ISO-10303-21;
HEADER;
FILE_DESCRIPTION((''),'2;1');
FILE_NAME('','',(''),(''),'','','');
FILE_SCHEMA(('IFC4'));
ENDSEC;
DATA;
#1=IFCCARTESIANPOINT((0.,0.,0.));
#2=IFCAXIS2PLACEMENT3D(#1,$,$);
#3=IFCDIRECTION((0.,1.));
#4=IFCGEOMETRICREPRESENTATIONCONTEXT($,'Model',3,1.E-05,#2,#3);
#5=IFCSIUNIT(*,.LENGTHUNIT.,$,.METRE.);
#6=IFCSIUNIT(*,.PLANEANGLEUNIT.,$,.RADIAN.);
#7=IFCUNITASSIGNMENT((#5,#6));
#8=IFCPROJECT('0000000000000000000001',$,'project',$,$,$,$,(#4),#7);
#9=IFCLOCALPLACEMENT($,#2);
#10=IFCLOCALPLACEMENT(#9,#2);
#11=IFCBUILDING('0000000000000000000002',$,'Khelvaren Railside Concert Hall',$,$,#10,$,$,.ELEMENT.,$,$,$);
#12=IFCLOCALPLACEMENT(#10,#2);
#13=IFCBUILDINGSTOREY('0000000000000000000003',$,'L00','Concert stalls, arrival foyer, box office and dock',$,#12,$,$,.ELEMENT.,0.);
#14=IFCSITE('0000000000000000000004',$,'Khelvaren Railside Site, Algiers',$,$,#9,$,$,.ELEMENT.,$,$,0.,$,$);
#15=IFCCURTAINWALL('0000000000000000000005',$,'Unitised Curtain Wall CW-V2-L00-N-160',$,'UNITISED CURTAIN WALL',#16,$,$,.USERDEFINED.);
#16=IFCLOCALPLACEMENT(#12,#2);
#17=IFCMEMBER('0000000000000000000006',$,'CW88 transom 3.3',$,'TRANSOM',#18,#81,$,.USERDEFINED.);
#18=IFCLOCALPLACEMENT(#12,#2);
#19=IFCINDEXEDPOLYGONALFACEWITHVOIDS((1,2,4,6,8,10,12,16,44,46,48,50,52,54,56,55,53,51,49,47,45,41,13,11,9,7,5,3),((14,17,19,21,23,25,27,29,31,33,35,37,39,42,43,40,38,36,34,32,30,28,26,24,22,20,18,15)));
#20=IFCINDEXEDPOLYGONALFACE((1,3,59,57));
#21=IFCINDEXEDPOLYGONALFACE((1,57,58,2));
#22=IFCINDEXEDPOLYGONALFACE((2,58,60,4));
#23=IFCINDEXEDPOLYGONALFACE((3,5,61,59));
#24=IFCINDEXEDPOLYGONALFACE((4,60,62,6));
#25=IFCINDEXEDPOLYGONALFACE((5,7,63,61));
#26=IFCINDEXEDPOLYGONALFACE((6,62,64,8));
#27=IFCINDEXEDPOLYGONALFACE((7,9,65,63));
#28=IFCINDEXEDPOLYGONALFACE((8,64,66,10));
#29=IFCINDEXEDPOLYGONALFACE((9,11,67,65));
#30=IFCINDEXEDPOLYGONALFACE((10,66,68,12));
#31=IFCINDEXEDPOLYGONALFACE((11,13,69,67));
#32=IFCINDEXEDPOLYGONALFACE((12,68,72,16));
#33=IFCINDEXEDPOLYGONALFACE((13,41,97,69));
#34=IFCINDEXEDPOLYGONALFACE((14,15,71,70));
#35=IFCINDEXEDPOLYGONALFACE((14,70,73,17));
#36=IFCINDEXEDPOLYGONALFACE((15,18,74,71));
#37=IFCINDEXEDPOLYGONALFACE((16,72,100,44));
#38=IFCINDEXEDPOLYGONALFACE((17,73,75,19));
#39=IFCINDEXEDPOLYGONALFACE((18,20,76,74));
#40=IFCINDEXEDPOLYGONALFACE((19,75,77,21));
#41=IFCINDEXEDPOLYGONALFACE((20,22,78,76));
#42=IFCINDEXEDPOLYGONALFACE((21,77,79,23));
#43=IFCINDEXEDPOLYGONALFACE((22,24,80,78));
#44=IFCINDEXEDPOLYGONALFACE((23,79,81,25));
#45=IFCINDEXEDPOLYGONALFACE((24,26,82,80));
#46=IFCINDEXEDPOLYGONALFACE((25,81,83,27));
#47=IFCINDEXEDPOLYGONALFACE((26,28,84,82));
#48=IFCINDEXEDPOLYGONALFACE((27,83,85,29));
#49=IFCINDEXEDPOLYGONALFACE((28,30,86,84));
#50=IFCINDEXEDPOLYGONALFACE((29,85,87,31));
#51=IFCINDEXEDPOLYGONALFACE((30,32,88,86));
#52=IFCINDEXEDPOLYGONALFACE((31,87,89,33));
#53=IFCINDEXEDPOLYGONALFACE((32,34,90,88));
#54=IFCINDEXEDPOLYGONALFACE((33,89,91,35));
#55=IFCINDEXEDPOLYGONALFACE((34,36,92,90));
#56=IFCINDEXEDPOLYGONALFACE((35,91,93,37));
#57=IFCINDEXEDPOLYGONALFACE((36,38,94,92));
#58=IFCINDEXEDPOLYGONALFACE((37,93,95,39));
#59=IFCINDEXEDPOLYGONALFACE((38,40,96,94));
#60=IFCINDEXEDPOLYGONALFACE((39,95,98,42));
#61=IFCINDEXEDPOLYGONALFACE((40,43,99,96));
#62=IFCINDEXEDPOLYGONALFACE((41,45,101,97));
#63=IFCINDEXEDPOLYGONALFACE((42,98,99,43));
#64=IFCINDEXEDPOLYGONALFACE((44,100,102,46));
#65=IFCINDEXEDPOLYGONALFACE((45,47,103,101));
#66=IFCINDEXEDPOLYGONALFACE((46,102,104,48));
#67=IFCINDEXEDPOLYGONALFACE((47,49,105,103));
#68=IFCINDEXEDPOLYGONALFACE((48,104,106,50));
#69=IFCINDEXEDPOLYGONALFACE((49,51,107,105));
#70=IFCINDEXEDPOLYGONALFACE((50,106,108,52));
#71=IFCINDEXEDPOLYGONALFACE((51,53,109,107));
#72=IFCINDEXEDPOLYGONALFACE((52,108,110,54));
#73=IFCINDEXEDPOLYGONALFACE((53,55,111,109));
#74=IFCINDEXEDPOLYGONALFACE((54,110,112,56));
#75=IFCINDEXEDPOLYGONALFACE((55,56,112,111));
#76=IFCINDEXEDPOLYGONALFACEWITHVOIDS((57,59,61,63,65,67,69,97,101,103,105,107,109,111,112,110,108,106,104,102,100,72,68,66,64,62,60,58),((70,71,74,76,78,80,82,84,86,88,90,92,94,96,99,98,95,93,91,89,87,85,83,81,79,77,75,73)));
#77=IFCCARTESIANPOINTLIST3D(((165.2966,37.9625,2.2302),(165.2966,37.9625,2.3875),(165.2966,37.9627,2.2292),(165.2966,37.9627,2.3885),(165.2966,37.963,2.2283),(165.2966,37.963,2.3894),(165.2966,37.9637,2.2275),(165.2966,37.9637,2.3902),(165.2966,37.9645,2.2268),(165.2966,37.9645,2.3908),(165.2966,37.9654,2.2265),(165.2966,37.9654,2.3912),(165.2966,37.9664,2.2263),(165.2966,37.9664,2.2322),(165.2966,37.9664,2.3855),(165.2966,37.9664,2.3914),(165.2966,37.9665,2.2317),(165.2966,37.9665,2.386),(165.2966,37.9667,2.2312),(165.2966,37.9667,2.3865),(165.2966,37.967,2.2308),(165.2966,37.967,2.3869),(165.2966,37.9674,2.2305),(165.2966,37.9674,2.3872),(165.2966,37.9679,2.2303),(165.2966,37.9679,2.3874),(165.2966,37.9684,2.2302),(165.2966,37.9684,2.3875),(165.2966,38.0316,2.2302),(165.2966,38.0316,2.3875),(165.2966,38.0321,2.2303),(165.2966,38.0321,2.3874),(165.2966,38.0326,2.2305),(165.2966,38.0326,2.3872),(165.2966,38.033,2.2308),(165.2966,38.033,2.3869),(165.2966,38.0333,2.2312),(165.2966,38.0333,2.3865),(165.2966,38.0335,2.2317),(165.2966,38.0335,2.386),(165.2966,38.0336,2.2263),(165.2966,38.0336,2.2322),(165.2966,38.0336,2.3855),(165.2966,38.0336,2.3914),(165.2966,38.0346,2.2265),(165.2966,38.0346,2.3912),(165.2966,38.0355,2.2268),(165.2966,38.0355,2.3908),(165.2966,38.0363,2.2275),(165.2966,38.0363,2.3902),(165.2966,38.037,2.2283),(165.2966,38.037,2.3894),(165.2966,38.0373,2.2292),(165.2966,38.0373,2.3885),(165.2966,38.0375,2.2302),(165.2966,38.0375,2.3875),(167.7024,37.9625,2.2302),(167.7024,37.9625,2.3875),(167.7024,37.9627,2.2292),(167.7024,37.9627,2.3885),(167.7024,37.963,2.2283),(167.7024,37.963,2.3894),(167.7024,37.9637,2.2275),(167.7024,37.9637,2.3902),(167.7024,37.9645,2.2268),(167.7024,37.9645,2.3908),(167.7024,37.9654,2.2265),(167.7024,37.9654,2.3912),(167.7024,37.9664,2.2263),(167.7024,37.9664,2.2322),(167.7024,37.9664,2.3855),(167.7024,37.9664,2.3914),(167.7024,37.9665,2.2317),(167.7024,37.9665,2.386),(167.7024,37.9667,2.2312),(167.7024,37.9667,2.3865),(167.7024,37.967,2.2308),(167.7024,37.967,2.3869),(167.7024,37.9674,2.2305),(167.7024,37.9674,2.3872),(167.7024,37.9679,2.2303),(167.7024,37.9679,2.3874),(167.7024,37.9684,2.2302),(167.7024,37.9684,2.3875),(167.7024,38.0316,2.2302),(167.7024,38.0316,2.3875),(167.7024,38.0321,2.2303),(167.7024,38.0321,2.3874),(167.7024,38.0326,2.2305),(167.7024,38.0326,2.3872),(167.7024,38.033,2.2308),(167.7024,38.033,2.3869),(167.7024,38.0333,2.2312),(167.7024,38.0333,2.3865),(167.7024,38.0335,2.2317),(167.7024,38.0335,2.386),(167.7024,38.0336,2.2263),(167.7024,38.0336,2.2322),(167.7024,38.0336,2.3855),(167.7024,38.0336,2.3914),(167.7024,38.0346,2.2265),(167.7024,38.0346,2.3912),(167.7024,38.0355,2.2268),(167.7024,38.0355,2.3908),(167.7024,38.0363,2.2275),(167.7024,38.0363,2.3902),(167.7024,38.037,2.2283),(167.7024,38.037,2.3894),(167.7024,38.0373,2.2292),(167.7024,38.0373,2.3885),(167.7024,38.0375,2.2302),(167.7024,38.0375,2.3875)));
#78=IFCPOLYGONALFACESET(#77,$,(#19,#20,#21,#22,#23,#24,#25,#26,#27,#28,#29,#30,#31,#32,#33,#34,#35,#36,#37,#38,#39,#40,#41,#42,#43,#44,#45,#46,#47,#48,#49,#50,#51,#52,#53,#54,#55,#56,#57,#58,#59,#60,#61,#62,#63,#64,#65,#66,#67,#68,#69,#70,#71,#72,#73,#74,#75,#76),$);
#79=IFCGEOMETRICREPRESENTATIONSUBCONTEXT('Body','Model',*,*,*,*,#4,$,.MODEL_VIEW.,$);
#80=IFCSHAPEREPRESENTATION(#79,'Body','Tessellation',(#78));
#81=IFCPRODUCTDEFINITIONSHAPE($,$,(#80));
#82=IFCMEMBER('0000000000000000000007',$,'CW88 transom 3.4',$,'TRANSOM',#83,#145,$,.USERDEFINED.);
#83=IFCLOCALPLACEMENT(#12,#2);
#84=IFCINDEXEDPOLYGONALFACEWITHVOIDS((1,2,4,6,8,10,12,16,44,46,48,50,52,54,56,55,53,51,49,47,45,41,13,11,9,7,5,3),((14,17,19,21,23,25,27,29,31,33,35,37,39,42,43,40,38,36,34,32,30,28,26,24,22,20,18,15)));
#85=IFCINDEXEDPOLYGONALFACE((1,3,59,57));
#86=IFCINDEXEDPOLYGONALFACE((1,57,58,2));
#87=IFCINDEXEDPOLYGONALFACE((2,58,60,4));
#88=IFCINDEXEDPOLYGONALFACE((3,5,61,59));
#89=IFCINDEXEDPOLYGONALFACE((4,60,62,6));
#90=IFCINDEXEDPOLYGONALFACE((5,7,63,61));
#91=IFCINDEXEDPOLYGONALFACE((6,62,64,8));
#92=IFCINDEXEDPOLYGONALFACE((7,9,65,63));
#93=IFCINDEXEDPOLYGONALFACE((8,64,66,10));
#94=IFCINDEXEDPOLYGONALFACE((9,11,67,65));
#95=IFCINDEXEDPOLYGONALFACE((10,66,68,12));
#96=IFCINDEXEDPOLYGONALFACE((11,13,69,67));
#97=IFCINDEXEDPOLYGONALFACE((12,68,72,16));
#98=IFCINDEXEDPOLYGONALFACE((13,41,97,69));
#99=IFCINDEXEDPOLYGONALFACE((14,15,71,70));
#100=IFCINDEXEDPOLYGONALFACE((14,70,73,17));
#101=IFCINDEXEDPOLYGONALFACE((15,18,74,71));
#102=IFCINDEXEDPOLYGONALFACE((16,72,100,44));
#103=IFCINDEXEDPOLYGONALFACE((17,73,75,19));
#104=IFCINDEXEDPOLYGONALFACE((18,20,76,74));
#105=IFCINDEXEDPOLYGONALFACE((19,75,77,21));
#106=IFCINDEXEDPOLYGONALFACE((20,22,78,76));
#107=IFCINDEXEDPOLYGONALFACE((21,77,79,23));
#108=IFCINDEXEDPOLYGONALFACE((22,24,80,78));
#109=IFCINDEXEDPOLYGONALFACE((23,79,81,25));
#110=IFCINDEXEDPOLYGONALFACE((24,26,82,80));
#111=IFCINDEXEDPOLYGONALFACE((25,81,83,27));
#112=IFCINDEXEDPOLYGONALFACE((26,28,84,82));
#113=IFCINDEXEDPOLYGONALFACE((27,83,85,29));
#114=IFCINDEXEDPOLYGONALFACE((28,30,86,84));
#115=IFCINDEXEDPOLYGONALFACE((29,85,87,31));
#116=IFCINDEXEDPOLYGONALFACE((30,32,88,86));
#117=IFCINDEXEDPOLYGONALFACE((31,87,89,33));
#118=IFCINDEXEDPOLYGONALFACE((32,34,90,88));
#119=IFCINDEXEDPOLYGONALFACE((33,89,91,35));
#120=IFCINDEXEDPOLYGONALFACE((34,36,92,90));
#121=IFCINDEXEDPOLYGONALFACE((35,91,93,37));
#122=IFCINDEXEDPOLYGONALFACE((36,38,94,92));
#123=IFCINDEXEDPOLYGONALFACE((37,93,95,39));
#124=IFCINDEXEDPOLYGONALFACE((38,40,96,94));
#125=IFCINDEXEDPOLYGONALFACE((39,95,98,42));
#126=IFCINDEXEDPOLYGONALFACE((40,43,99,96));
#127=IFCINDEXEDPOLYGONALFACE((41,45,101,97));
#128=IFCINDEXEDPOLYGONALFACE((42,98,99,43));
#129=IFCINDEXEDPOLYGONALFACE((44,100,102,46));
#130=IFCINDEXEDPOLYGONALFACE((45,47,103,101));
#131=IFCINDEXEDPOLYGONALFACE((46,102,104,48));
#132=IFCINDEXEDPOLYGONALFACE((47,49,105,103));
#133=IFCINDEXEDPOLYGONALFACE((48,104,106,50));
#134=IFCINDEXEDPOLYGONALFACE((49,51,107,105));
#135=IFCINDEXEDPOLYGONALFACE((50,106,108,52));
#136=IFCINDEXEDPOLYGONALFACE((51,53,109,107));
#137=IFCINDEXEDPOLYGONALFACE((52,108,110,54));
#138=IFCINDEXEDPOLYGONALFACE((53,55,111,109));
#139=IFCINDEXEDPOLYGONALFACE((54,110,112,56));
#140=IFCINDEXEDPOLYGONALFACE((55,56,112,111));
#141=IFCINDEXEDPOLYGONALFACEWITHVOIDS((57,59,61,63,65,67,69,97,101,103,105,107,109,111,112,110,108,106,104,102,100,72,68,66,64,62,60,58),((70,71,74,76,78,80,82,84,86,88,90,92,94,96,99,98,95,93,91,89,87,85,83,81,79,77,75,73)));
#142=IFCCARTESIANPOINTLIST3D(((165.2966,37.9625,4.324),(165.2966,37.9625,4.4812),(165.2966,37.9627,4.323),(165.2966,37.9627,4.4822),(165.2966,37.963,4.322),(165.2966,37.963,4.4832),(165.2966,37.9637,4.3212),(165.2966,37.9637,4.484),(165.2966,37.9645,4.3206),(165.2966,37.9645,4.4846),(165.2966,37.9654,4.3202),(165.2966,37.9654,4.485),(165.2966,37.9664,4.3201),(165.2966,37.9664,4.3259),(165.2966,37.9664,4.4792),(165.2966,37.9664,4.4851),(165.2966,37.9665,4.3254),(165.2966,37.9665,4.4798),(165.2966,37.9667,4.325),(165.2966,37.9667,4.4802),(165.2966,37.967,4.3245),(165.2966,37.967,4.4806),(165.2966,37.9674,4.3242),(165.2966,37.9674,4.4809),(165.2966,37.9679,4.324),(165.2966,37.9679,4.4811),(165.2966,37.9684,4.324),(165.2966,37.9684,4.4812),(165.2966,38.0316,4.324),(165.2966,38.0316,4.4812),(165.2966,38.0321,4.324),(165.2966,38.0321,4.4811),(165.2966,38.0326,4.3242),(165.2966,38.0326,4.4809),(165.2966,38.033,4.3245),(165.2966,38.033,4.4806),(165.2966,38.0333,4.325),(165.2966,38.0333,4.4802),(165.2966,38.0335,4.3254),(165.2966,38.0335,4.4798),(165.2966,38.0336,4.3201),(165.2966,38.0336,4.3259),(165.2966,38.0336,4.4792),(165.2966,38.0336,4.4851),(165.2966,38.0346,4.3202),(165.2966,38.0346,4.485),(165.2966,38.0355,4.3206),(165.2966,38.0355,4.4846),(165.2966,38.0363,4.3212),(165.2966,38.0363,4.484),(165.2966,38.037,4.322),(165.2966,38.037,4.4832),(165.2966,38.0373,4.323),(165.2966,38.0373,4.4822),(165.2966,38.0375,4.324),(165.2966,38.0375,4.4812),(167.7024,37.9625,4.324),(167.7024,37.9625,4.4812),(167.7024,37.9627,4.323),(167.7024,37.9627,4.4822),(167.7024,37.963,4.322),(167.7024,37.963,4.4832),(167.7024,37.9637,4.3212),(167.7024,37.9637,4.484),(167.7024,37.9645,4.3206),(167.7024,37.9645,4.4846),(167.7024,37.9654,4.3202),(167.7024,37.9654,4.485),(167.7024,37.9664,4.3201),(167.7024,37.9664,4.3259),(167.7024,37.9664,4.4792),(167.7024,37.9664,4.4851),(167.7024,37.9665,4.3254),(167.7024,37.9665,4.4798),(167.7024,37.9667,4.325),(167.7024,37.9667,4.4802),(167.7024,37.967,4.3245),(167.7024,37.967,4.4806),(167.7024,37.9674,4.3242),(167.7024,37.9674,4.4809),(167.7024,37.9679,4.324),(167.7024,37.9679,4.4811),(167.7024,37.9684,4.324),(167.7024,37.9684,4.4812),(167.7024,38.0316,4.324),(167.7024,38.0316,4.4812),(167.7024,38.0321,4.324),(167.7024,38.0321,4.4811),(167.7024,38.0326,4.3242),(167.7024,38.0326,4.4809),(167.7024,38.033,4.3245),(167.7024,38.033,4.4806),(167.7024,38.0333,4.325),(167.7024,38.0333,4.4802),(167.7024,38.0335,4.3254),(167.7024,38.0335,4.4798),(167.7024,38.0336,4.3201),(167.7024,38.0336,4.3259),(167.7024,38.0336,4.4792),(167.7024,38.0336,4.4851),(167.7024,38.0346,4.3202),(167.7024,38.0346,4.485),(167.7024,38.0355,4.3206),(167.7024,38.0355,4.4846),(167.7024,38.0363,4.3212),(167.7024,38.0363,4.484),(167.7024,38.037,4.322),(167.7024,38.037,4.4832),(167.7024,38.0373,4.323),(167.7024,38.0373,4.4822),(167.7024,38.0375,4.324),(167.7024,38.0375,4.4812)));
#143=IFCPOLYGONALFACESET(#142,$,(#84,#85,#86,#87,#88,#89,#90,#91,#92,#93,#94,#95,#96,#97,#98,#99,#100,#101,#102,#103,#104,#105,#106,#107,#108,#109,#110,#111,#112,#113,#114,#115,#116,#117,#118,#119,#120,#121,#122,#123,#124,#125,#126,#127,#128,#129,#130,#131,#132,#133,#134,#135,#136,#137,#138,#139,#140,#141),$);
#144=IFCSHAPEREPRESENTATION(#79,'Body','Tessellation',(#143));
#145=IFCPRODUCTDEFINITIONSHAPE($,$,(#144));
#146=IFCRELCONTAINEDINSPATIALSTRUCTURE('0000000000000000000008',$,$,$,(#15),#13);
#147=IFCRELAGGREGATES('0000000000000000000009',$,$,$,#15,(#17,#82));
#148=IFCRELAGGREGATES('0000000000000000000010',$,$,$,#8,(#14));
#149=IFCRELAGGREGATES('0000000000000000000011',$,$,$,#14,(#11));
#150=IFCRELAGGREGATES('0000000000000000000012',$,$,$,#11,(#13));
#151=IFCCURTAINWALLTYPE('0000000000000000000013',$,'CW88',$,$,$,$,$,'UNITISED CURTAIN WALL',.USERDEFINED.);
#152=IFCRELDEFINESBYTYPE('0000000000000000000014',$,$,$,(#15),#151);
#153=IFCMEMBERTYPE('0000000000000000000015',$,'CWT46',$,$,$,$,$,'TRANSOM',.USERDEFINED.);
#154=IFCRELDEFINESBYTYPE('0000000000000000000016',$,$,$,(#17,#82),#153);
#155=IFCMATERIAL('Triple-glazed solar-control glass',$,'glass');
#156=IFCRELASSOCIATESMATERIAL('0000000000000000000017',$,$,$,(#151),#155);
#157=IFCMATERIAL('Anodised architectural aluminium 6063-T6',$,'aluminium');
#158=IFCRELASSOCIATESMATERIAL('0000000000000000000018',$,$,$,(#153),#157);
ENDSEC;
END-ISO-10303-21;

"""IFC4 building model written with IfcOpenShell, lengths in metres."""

from ifc_helpers import new_model, si_unit, direction, frame, origin, origin_2d, place, context, subcontext, project, spatial, hollow_rectangle, extrude, material, material_profile, profile_set, type_object, element, aggregate, save


model = new_model("IFC4")

# Units and contexts
model_context = context("Model", 3, precision=1e-05, world=origin(), true_north=direction((0.0, 1.0)))
body_context = subcontext(model_context, "Body", "Model", "MODEL_VIEW")
ifc_project = project(units=[si_unit("LENGTHUNIT", "METRE"), si_unit("PLANEANGLEUNIT", "RADIAN")], contexts=[model_context])

# Site, building, storey
site_placement = place(None, origin())
site = spatial("IfcSite", under=ifc_project, at=site_placement, Name="Khelvaren Railside Site, Algiers", CompositionType="ELEMENT", RefElevation=0.0)
building_placement = place(site_placement, origin())
building = spatial("IfcBuilding", under=site, at=building_placement, Name="Khelvaren Railside Concert Hall", CompositionType="ELEMENT")
storey_placement = place(building_placement, origin())
storey = spatial("IfcBuildingStorey", under=building, at=storey_placement, Name="L00", Description="Concert stalls, arrival foyer, box office and dock", CompositionType="ELEMENT", Elevation=0.0)

# Curtain wall
ifc_material_1 = material(Name="Triple-glazed solar-control glass", Category="glass")
curtain_wall_type_1 = type_object("IfcCurtainWallType", Name="CW88", ElementType="UNITISED CURTAIN WALL", PredefinedType="USERDEFINED", material=ifc_material_1)
curtain_wall_1_placement = place(storey_placement, origin())
curtain_wall_1 = element("IfcCurtainWall", 1, at=curtain_wall_1_placement, inside=storey, type_object=curtain_wall_type_1, Name="Unitised Curtain Wall CW-V2-L00-N-160", ObjectType="UNITISED CURTAIN WALL", PredefinedType="USERDEFINED")
ifc_material_2 = material(Name="Anodised architectural aluminium 6063-T6", Category="aluminium")

# Members
ifc_material_profile_1 = material_profile(ifc_material_2, hollow_rectangle(XDim=0.075, YDim=0.165, WallThickness=0.0039, InnerFilletRadius=0.002, OuterFilletRadius=0.0039, at=origin_2d()), Name="CWT 75x165x4")
ifc_profile_set_1 = profile_set([ifc_material_profile_1], Name="Anodised architectural aluminium 6063-T6")
member_type_1 = type_object("IfcMemberType", Name="CWT46", ElementType="TRANSOM", PredefinedType="USERDEFINED", material=ifc_profile_set_1)
member_1_placement = place(storey_placement, frame((165.2966, 38.0, 2.3088), z_axis=(1.0, 0.0, 0.0), x_axis=(0.0, 1.0, 0.0)))
member_1 = element("IfcMember", 2, at=member_1_placement, type_object=member_type_1, Name="CW88 transom 3.3", ObjectType="TRANSOM", PredefinedType="USERDEFINED", context=body_context, shape_type="SweptSolid", body=[
    extrude(hollow_rectangle(XDim=0.075, YDim=0.165, WallThickness=0.0039, InnerFilletRadius=0.002, OuterFilletRadius=0.0039, at=origin_2d()), origin(), (0.0, 0.0, 1.0), 2.4058),
])
member_2_placement = place(storey_placement, frame((165.2966, 38.0, 4.4026), z_axis=(1.0, 0.0, 0.0), x_axis=(0.0, 1.0, 0.0)))
member_2 = element("IfcMember", 3, at=member_2_placement, type_object=member_type_1, Name="CW88 transom 3.4", ObjectType="TRANSOM", PredefinedType="USERDEFINED", context=body_context, shape_type="SweptSolid", body=[
    extrude(hollow_rectangle(XDim=0.075, YDim=0.165, WallThickness=0.0039, InnerFilletRadius=0.002, OuterFilletRadius=0.0039, at=origin_2d()), origin(), (0.0, 0.0, 1.0), 2.4058),
])

aggregate(curtain_wall_1, [member_1, member_2])

save(model, "model.ifc")
